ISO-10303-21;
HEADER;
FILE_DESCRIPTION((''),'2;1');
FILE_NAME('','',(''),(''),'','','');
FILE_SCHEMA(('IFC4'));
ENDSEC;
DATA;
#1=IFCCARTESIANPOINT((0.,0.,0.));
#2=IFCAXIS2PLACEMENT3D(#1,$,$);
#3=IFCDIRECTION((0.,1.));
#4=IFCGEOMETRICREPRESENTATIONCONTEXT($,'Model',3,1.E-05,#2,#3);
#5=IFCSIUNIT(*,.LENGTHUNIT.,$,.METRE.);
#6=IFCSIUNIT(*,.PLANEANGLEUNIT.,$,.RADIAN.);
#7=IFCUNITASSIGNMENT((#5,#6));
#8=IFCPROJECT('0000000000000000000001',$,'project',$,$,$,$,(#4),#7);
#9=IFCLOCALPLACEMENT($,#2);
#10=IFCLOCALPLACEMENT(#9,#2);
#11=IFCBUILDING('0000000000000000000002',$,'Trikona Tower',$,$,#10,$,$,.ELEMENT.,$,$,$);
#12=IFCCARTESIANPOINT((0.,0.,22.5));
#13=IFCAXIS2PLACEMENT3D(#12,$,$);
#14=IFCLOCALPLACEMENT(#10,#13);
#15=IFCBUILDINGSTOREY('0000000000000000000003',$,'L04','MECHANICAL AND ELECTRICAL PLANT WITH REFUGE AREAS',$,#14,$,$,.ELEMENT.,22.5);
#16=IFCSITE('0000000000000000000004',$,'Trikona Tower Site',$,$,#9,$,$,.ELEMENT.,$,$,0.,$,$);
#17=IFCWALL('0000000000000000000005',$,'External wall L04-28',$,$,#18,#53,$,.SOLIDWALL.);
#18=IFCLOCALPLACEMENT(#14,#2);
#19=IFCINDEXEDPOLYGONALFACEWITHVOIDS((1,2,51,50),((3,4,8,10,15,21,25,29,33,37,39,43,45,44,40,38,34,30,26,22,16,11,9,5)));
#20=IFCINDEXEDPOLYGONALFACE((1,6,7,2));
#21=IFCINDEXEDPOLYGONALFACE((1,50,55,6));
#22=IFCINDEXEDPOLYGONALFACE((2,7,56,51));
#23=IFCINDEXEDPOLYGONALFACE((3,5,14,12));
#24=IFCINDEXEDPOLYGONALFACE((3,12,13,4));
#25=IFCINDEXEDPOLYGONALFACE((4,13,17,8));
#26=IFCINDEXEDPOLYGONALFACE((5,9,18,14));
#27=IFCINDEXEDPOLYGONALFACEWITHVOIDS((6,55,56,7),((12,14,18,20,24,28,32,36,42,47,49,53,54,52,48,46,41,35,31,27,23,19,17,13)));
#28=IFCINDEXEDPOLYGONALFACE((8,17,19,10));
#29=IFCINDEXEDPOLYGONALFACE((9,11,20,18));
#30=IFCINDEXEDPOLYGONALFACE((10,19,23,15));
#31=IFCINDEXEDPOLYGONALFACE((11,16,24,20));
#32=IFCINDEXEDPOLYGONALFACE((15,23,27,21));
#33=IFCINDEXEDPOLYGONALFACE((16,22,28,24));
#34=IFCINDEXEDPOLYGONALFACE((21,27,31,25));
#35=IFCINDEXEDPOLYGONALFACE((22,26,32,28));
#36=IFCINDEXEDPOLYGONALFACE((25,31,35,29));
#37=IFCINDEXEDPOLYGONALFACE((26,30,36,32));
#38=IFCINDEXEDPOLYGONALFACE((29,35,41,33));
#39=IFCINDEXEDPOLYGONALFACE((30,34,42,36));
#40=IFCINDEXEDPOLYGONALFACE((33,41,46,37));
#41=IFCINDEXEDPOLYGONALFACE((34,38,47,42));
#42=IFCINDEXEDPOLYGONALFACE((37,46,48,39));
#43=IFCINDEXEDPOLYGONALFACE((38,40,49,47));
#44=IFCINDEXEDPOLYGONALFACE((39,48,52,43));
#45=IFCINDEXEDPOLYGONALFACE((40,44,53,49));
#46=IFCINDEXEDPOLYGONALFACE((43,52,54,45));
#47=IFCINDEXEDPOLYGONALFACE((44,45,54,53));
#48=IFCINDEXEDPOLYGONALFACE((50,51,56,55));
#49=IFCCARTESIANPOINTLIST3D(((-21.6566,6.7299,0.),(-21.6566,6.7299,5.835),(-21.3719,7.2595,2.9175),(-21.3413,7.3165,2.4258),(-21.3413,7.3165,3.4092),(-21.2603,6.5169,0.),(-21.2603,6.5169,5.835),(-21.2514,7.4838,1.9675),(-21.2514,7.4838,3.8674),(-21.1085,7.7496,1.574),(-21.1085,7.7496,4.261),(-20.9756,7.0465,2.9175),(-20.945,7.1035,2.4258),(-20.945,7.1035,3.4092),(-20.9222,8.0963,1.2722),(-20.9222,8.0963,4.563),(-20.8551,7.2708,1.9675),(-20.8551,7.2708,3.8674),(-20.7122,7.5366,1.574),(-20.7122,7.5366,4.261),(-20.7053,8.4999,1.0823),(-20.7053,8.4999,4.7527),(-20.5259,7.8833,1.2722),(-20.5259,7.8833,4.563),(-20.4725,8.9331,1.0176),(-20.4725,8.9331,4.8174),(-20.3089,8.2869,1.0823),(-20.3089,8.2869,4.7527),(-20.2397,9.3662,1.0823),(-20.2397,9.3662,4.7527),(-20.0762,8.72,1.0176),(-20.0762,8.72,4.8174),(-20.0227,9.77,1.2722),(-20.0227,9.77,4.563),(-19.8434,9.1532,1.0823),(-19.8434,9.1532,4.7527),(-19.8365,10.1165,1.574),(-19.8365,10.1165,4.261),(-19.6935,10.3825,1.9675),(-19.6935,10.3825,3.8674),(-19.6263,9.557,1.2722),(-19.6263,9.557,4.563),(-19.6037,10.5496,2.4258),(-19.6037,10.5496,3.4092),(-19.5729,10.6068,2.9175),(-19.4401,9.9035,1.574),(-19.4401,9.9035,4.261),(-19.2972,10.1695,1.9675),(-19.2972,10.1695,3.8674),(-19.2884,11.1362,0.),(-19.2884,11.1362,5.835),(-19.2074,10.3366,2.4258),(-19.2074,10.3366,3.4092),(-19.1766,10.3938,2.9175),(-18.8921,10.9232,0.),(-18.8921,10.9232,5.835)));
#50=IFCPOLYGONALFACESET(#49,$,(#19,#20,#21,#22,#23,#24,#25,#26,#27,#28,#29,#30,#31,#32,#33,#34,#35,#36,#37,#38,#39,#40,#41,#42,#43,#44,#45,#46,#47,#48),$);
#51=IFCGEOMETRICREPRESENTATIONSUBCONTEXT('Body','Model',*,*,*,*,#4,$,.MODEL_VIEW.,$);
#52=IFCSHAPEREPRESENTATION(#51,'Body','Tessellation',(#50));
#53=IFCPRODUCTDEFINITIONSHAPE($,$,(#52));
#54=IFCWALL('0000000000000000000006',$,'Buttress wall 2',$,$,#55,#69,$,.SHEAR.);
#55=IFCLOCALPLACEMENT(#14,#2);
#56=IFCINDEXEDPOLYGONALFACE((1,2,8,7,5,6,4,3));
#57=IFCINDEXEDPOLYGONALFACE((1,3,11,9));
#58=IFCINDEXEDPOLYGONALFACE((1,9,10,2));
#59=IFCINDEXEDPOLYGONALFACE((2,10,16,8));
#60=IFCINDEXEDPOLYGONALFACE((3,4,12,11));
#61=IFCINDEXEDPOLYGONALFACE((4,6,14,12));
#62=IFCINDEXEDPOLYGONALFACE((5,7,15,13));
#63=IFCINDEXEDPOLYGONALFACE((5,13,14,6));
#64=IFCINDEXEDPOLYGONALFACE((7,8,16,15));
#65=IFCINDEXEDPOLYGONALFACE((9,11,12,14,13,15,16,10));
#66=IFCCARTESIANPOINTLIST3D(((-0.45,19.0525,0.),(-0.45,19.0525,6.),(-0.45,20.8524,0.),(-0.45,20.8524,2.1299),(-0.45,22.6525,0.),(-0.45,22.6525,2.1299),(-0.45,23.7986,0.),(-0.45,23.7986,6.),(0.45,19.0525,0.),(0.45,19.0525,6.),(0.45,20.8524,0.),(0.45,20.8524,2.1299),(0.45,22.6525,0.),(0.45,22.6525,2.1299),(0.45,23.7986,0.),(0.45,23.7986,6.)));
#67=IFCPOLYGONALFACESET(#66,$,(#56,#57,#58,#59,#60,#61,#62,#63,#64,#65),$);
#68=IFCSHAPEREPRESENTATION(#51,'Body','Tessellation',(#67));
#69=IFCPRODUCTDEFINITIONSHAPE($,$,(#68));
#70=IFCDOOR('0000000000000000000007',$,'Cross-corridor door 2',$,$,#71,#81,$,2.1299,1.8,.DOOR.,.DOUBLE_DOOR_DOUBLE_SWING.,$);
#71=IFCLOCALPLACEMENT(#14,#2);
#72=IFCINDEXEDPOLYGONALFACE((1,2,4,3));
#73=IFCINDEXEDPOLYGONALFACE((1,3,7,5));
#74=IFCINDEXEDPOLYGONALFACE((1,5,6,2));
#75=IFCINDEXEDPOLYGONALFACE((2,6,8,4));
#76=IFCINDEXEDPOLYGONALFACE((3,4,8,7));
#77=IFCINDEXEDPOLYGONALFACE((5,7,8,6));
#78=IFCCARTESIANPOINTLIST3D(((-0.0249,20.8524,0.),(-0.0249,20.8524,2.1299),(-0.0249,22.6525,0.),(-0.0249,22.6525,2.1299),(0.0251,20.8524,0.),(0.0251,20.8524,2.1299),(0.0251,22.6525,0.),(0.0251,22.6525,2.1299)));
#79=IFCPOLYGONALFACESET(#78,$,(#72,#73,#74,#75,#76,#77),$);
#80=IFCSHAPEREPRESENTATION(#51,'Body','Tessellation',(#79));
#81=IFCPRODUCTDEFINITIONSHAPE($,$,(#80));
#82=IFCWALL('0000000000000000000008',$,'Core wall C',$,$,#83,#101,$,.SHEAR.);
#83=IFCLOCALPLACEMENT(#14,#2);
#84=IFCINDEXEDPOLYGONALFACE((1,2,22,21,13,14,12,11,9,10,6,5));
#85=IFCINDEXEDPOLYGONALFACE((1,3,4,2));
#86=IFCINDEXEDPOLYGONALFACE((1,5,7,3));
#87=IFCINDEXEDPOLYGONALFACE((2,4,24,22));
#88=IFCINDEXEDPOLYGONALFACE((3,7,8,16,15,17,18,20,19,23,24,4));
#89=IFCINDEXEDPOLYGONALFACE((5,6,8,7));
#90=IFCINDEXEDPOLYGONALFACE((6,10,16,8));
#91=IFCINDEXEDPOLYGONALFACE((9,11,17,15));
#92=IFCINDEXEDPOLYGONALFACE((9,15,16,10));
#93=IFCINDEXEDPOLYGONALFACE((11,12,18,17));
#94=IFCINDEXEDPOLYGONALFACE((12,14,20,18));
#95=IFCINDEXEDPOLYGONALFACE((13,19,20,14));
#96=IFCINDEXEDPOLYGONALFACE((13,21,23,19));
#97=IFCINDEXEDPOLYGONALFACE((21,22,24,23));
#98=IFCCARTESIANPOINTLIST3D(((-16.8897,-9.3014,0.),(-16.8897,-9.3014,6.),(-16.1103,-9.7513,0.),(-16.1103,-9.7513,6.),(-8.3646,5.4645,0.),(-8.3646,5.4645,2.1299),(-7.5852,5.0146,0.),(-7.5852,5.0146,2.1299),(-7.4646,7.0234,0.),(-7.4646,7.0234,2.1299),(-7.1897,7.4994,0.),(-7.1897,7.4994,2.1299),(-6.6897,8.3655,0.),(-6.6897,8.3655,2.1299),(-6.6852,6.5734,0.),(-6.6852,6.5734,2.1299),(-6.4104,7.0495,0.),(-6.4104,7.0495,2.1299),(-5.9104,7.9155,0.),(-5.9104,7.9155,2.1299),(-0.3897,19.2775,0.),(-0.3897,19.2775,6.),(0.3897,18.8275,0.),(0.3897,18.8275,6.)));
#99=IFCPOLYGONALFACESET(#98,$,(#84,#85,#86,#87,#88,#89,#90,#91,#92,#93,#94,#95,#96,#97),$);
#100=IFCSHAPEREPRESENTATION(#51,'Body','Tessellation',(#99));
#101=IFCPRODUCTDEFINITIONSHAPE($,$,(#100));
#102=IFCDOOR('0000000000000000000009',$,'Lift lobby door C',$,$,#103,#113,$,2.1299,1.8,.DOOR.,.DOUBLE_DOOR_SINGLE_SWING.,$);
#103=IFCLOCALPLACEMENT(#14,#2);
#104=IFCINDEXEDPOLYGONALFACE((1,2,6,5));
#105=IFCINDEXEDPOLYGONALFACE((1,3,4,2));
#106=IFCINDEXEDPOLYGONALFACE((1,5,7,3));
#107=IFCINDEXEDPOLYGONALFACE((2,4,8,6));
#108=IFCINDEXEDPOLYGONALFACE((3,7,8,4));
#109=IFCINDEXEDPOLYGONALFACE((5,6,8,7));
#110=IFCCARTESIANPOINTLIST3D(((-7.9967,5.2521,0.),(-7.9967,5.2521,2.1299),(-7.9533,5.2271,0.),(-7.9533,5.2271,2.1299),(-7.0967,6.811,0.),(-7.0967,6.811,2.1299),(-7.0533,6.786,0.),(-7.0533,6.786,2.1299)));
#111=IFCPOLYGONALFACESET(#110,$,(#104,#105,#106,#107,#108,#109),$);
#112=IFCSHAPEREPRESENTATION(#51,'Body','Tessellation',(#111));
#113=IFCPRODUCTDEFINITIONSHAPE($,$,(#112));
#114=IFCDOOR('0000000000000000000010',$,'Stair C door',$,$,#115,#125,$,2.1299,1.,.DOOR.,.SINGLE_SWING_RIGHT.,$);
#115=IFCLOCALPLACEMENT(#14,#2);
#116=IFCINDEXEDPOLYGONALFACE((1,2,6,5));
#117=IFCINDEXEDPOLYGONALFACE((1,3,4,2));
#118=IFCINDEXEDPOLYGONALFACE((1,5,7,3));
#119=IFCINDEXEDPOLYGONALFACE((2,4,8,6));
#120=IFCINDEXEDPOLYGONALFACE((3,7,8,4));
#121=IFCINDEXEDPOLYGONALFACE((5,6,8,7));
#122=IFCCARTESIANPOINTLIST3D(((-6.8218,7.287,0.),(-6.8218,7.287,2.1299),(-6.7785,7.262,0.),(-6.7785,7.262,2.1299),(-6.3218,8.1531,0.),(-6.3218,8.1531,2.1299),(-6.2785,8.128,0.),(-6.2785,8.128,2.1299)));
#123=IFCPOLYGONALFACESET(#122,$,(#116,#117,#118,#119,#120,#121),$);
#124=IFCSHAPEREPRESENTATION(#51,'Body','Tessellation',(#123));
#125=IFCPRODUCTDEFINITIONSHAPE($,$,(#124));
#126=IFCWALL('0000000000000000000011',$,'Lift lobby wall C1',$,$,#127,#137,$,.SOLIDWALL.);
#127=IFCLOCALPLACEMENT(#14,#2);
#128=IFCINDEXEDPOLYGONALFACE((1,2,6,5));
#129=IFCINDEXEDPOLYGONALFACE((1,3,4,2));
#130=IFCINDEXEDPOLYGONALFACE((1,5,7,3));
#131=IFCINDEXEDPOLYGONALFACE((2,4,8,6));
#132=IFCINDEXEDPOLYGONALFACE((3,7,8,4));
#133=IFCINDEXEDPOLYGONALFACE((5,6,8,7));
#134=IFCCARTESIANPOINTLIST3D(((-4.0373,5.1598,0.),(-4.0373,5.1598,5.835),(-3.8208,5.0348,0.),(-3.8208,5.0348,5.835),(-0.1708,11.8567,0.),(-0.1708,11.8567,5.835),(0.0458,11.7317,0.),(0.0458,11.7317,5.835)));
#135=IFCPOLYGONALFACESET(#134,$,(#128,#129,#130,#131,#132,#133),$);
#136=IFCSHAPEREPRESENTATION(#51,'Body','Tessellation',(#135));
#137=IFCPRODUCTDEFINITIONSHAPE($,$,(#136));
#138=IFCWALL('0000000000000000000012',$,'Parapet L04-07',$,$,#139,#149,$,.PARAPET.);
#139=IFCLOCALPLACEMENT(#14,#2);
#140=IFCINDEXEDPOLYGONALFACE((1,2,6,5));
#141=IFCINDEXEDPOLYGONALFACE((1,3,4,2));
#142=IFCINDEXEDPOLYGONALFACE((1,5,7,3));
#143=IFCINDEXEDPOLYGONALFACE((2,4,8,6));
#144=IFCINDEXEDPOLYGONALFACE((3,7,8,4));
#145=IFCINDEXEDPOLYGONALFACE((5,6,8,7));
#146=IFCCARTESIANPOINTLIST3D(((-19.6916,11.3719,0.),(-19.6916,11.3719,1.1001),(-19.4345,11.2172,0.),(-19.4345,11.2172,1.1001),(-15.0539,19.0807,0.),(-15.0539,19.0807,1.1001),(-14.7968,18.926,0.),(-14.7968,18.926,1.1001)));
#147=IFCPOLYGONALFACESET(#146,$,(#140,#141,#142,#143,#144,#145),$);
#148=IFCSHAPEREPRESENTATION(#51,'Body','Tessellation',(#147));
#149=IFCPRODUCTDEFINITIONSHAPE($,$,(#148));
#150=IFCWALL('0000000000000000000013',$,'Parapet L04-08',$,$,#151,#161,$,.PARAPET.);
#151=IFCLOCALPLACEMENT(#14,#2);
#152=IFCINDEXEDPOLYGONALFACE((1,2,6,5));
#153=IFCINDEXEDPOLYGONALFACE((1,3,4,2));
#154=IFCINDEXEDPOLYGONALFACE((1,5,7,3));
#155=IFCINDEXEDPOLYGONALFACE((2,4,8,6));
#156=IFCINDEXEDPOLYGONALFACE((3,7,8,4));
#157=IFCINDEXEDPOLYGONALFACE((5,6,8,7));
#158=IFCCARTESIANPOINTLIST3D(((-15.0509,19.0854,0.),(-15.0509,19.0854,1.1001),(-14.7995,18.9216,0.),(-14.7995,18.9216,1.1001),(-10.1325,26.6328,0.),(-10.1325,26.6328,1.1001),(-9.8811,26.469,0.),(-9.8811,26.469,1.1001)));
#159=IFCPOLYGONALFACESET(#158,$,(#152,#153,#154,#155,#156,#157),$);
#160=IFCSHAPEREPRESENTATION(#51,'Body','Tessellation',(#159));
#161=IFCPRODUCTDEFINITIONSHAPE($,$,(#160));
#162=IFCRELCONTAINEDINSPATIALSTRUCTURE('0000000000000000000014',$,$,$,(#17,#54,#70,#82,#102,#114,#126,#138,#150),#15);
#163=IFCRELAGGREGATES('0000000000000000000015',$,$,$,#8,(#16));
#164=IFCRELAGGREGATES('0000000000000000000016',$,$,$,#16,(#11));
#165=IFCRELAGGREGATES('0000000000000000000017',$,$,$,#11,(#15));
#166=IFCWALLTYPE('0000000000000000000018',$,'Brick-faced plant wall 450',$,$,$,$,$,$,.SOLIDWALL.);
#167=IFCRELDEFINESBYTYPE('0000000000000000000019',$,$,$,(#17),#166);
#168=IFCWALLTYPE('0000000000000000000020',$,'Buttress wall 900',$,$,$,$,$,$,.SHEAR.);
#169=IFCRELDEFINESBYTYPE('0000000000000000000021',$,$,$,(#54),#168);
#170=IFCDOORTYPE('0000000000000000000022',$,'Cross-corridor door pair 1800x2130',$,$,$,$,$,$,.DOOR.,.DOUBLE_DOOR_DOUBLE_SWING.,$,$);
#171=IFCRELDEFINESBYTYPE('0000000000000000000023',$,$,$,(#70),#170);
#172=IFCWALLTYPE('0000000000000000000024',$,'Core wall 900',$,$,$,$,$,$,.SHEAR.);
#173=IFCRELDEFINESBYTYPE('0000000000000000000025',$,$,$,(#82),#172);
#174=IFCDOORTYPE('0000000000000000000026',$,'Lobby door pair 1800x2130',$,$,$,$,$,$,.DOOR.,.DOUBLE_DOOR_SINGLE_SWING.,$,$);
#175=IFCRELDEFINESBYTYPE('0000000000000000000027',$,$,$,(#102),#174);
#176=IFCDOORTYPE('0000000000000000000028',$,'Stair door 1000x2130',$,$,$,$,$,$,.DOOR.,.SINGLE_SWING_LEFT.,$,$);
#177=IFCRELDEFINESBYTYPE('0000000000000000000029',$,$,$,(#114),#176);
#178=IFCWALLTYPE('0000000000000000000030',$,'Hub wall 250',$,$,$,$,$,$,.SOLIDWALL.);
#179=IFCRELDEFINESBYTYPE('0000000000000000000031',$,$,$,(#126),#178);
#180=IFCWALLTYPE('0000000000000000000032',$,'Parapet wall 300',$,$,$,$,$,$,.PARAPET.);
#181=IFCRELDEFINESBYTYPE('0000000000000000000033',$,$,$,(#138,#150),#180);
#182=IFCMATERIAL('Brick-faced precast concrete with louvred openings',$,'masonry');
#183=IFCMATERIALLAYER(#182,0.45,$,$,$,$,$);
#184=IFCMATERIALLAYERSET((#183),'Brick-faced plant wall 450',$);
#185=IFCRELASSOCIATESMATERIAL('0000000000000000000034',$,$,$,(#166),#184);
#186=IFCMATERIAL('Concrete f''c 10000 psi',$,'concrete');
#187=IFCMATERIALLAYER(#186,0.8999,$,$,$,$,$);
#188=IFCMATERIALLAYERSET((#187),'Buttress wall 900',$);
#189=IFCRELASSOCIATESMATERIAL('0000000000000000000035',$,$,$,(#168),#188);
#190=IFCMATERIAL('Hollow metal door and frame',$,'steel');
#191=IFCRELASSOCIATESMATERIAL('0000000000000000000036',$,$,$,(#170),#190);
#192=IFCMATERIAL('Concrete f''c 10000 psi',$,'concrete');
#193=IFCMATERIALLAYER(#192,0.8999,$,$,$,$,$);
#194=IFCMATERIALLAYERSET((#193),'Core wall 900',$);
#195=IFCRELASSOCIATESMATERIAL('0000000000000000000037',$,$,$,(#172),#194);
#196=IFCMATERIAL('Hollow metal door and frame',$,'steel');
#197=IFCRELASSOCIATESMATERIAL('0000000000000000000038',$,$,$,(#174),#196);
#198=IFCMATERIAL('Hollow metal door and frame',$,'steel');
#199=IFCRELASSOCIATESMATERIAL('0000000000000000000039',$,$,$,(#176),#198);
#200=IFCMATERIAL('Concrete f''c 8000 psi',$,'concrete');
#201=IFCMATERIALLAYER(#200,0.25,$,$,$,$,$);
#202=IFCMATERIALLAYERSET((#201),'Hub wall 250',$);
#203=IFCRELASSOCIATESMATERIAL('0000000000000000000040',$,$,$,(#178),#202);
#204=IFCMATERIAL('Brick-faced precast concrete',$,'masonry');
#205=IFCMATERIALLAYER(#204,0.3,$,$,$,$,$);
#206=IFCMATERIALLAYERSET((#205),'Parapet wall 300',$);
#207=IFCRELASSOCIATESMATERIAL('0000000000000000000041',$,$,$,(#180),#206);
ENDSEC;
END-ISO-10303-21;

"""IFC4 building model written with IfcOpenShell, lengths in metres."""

from ifc_helpers import new_model, si_unit, direction, frame, frame_2d, origin, place, context, subcontext, project, spatial, polyline, rectangle, outline, extrude, material, layer, layer_set, type_object, element, fill, save


model = new_model("IFC4")

# Units and contexts
model_context = context("Model", 3, precision=1e-05, world=origin(), true_north=direction((0.0, 1.0)))
body_context = subcontext(model_context, "Body", "Model", "MODEL_VIEW")
ifc_project = project(units=[si_unit("LENGTHUNIT", "METRE"), si_unit("PLANEANGLEUNIT", "RADIAN")], contexts=[model_context])

# Site, building, storey
site_placement = place(None, origin())
site = spatial("IfcSite", under=ifc_project, at=site_placement, Name="Trikona Tower Site", CompositionType="ELEMENT", RefElevation=0.0)
building_placement = place(site_placement, origin())
building = spatial("IfcBuilding", under=site, at=building_placement, Name="Trikona Tower", CompositionType="ELEMENT")
storey_placement = place(building_placement, frame((0.0, 0.0, 22.5)))
storey = spatial("IfcBuildingStorey", under=building, at=storey_placement, Name="L04", Description="MECHANICAL AND ELECTRICAL PLANT WITH REFUGE AREAS", CompositionType="ELEMENT", Elevation=22.5)

# Wall
ifc_material_1 = material(Name="Brick-faced precast concrete with louvred openings", Category="masonry")
ifc_layer_1 = layer(ifc_material_1, 0.45)
ifc_layer_set_1 = layer_set([ifc_layer_1], Name="Brick-faced plant wall 450")
wall_type_1 = type_object("IfcWallType", Name="Brick-faced plant wall 450", PredefinedType="SOLIDWALL", material=ifc_layer_set_1)
wall_1_placement = place(storey_placement, frame((-19.0903, 11.0298, 0.0), z_axis=(0.0, 0.0, 1.0), x_axis=(-0.473413, -0.880841, 0.0)))
element("IfcWall", 1, at=wall_1_placement, inside=storey, type_object=wall_type_1, Name="External wall L04-28", PredefinedType="SOLIDWALL", context=body_context, shape_type="SweptSolid", body=[
    extrude(outline(polyline([(0.0, 0.0), (5.0024, 0.0), (5.0024, 5.835), (0.0, 5.835), (0.0, 0.0)]), holes=[polyline([(4.4011, 2.9175), (4.3364, 3.4092), (4.1465, 3.8674), (3.8447, 4.261), (3.4512, 4.563), (2.9929, 4.7527), (2.5012, 4.8174), (2.0095, 4.7527), (1.551, 4.563), (1.1577, 4.261), (0.8557, 3.8674), (0.666, 3.4092), (0.6011, 2.9175), (0.666, 2.4258), (0.8557, 1.9675), (1.1577, 1.574), (1.551, 1.2722), (2.0095, 1.0823), (2.5012, 1.0176), (2.9929, 1.0823), (3.4512, 1.2722), (3.8447, 1.574), (4.1465, 1.9675), (4.3364, 2.4258), (4.4011, 2.9175)])]), frame((0.0, 0.2251, 0.0), z_axis=(0.0, -1.0, 0.0), x_axis=(1.0, 0.0, 0.0)), (0.0, 0.0, 1.0), 0.45),
])

# Wall, opening, door
ifc_material_2 = material(Name="Concrete f'c 10000 psi", Category="concrete")
ifc_layer_2 = layer(ifc_material_2, 0.8999)
ifc_layer_set_2 = layer_set([ifc_layer_2], Name="Buttress wall 900")
wall_type_2 = type_object("IfcWallType", Name="Buttress wall 900", PredefinedType="SHEAR", material=ifc_layer_set_2)
wall_2_placement = place(storey_placement, frame((0.0, 19.0525, 0.0), z_axis=(0.0, 0.0, 1.0), x_axis=(0.0, 1.0, 0.0)))
wall_2 = element("IfcWall", 2, at=wall_2_placement, inside=storey, type_object=wall_type_2, Name="Buttress wall 2", PredefinedType="SHEAR", context=body_context, shape_type="SweptSolid", body=[
    extrude(rectangle(XDim=4.7461, YDim=0.8999, at=frame_2d((2.373, 0.0))), origin(), (0.0, 0.0, 1.0), 6.0),
])
opening_1_placement = place(wall_2_placement, frame((1.8, 0.0, 0.0)))
opening_1 = element("IfcOpeningElement", 3, at=opening_1_placement, cuts=wall_2, PredefinedType="OPENING", context=body_context, shape_type="SweptSolid", body=[
    extrude(rectangle(XDim=1.8, YDim=2.1299, at=frame_2d((0.8999, 1.0649))), frame((0.0, 0.46, 0.0), z_axis=(0.0, -1.0, 0.0), x_axis=(1.0, 0.0, 0.0)), (0.0, 0.0, 1.0), 0.9199),
])
ifc_material_3 = material(Name="Hollow metal door and frame", Category="steel")
door_type_1 = type_object("IfcDoorType", Name="Cross-corridor door pair 1800x2130", OperationType="DOUBLE_DOOR_DOUBLE_SWING", PredefinedType="DOOR", material=ifc_material_3)
door_1_placement = place(opening_1_placement, origin())
door_1 = element("IfcDoor", 4, at=door_1_placement, inside=storey, type_object=door_type_1, Name="Cross-corridor door 2", OperationType="DOUBLE_DOOR_DOUBLE_SWING", OverallHeight=2.1299, OverallWidth=1.8, PredefinedType="DOOR", context=body_context, shape_type="SweptSolid", body=[
    extrude(rectangle(XDim=1.8, YDim=2.1299, at=frame_2d((0.8999, 1.0649))), frame((0.0, 0.0249, 0.0), z_axis=(0.0, -1.0, 0.0), x_axis=(1.0, 0.0, 0.0)), (0.0, 0.0, 1.0), 0.05),
])
fill(opening_1, door_1)

# Wall, openings, doors
ifc_material_4 = material(Name="Concrete f'c 10000 psi", Category="concrete")
ifc_layer_3 = layer(ifc_material_4, 0.8999)
ifc_layer_set_3 = layer_set([ifc_layer_3], Name="Core wall 900")
wall_type_3 = type_object("IfcWallType", Name="Core wall 900", PredefinedType="SHEAR", material=ifc_layer_set_3)
wall_3_placement = place(storey_placement, frame((0.0, 19.0525, 0.0), z_axis=(0.0, 0.0, 1.0), x_axis=(-0.5, -0.866026, 0.0)))
wall_3 = element("IfcWall", 5, at=wall_3_placement, inside=storey, type_object=wall_type_3, Name="Core wall C", PredefinedType="SHEAR", context=body_context, shape_type="SweptSolid", body=[
    extrude(rectangle(XDim=33.0, YDim=0.8999, at=frame_2d((16.5, 0.0))), origin(), (0.0, 0.0, 1.0), 6.0),
])
opening_2_placement = place(wall_3_placement, frame((14.1499, 0.0, 0.0)))
opening_2 = element("IfcOpeningElement", 6, at=opening_2_placement, cuts=wall_3, PredefinedType="OPENING", context=body_context, shape_type="SweptSolid", body=[
    extrude(rectangle(XDim=1.8, YDim=2.1299, at=frame_2d((0.8999, 1.0649))), frame((0.0, 0.46, 0.0), z_axis=(0.0, -1.0, 0.0), x_axis=(1.0, 0.0, 0.0)), (0.0, 0.0, 1.0), 0.9199),
])
opening_3_placement = place(wall_3_placement, frame((12.6001, 0.0, 0.0)))
opening_3 = element("IfcOpeningElement", 7, at=opening_3_placement, cuts=wall_3, PredefinedType="OPENING", context=body_context, shape_type="SweptSolid", body=[
    extrude(rectangle(XDim=1.0, YDim=2.1299, at=frame_2d((0.5, 1.0649))), frame((0.0, 0.46, 0.0), z_axis=(0.0, -1.0, 0.0), x_axis=(1.0, 0.0, 0.0)), (0.0, 0.0, 1.0), 0.9199),
])
ifc_material_5 = material(Name="Hollow metal door and frame", Category="steel")
door_type_2 = type_object("IfcDoorType", Name="Lobby door pair 1800x2130", OperationType="DOUBLE_DOOR_SINGLE_SWING", PredefinedType="DOOR", material=ifc_material_5)
door_2_placement = place(opening_2_placement, origin())
door_2 = element("IfcDoor", 8, at=door_2_placement, inside=storey, type_object=door_type_2, Name="Lift lobby door C", OperationType="DOUBLE_DOOR_SINGLE_SWING", OverallHeight=2.1299, OverallWidth=1.8, PredefinedType="DOOR", context=body_context, shape_type="SweptSolid", body=[
    extrude(rectangle(XDim=1.8, YDim=2.1299, at=frame_2d((0.8999, 1.0649))), frame((0.0, 0.0249, 0.0), z_axis=(0.0, -1.0, 0.0), x_axis=(1.0, 0.0, 0.0)), (0.0, 0.0, 1.0), 0.05),
])
fill(opening_2, door_2)
ifc_material_6 = material(Name="Hollow metal door and frame", Category="steel")
door_type_3 = type_object("IfcDoorType", Name="Stair door 1000x2130", OperationType="SINGLE_SWING_LEFT", PredefinedType="DOOR", material=ifc_material_6)
door_3_placement = place(opening_3_placement, origin())
door_3 = element("IfcDoor", 9, at=door_3_placement, inside=storey, type_object=door_type_3, Name="Stair C door", OperationType="SINGLE_SWING_RIGHT", OverallHeight=2.1299, OverallWidth=1.0, PredefinedType="DOOR", context=body_context, shape_type="SweptSolid", body=[
    extrude(rectangle(XDim=1.0, YDim=2.1299, at=frame_2d((0.5, 1.0649))), frame((0.0, 0.0249, 0.0), z_axis=(0.0, -1.0, 0.0), x_axis=(1.0, 0.0, 0.0)), (0.0, 0.0, 1.0), 0.05),
])
fill(opening_3, door_3)

# Walls
ifc_material_7 = material(Name="Concrete f'c 8000 psi", Category="concrete")
ifc_layer_4 = layer(ifc_material_7, 0.25)
ifc_layer_set_4 = layer_set([ifc_layer_4], Name="Hub wall 250")
wall_type_4 = type_object("IfcWallType", Name="Hub wall 250", PredefinedType="SOLIDWALL", material=ifc_layer_set_4)
wall_4_placement = place(storey_placement, frame((-0.0625, 11.7942, 0.0), z_axis=(0.0, 0.0, 1.0), x_axis=(-0.500007, -0.866022, 0.0)))
element("IfcWall", 10, at=wall_4_placement, inside=storey, type_object=wall_type_4, Name="Lift lobby wall C1", PredefinedType="SOLIDWALL", context=body_context, shape_type="SweptSolid", body=[
    extrude(rectangle(XDim=7.7329, YDim=0.25, at=frame_2d((3.8665, 0.0))), origin(), (0.0, 0.0, 1.0), 5.835),
])
ifc_material_8 = material(Name="Brick-faced precast concrete", Category="masonry")
ifc_layer_5 = layer(ifc_material_8, 0.3)
ifc_layer_set_5 = layer_set([ifc_layer_5], Name="Parapet wall 300")
wall_type_5 = type_object("IfcWallType", Name="Parapet wall 300", PredefinedType="PARAPET", material=ifc_layer_set_5)
wall_5_placement = place(storey_placement, frame((-19.563, 11.2947, 0.0), z_axis=(0.0, 0.0, 1.0), x_axis=(0.515513, 0.856882, 0.0)))
element("IfcWall", 11, at=wall_5_placement, inside=storey, type_object=wall_type_5, Name="Parapet L04-07", PredefinedType="PARAPET", context=body_context, shape_type="SweptSolid", body=[
    extrude(rectangle(XDim=8.9963, YDim=0.3, at=frame_2d((4.498, 0.0))), origin(), (0.0, 0.0, 1.0), 1.1001),
])
wall_6_placement = place(storey_placement, frame((-14.9253, 19.0034, 0.0), z_axis=(0.0, 0.0, 1.0), x_axis=(0.545977, 0.8378, 0.0)))
element("IfcWall", 12, at=wall_6_placement, inside=storey, type_object=wall_type_5, Name="Parapet L04-08", PredefinedType="PARAPET", context=body_context, shape_type="SweptSolid", body=[
    extrude(rectangle(XDim=9.0085, YDim=0.3, at=frame_2d((4.5044, 0.0))), origin(), (0.0, 0.0, 1.0), 1.1001),
])

save(model, "model.ifc")
